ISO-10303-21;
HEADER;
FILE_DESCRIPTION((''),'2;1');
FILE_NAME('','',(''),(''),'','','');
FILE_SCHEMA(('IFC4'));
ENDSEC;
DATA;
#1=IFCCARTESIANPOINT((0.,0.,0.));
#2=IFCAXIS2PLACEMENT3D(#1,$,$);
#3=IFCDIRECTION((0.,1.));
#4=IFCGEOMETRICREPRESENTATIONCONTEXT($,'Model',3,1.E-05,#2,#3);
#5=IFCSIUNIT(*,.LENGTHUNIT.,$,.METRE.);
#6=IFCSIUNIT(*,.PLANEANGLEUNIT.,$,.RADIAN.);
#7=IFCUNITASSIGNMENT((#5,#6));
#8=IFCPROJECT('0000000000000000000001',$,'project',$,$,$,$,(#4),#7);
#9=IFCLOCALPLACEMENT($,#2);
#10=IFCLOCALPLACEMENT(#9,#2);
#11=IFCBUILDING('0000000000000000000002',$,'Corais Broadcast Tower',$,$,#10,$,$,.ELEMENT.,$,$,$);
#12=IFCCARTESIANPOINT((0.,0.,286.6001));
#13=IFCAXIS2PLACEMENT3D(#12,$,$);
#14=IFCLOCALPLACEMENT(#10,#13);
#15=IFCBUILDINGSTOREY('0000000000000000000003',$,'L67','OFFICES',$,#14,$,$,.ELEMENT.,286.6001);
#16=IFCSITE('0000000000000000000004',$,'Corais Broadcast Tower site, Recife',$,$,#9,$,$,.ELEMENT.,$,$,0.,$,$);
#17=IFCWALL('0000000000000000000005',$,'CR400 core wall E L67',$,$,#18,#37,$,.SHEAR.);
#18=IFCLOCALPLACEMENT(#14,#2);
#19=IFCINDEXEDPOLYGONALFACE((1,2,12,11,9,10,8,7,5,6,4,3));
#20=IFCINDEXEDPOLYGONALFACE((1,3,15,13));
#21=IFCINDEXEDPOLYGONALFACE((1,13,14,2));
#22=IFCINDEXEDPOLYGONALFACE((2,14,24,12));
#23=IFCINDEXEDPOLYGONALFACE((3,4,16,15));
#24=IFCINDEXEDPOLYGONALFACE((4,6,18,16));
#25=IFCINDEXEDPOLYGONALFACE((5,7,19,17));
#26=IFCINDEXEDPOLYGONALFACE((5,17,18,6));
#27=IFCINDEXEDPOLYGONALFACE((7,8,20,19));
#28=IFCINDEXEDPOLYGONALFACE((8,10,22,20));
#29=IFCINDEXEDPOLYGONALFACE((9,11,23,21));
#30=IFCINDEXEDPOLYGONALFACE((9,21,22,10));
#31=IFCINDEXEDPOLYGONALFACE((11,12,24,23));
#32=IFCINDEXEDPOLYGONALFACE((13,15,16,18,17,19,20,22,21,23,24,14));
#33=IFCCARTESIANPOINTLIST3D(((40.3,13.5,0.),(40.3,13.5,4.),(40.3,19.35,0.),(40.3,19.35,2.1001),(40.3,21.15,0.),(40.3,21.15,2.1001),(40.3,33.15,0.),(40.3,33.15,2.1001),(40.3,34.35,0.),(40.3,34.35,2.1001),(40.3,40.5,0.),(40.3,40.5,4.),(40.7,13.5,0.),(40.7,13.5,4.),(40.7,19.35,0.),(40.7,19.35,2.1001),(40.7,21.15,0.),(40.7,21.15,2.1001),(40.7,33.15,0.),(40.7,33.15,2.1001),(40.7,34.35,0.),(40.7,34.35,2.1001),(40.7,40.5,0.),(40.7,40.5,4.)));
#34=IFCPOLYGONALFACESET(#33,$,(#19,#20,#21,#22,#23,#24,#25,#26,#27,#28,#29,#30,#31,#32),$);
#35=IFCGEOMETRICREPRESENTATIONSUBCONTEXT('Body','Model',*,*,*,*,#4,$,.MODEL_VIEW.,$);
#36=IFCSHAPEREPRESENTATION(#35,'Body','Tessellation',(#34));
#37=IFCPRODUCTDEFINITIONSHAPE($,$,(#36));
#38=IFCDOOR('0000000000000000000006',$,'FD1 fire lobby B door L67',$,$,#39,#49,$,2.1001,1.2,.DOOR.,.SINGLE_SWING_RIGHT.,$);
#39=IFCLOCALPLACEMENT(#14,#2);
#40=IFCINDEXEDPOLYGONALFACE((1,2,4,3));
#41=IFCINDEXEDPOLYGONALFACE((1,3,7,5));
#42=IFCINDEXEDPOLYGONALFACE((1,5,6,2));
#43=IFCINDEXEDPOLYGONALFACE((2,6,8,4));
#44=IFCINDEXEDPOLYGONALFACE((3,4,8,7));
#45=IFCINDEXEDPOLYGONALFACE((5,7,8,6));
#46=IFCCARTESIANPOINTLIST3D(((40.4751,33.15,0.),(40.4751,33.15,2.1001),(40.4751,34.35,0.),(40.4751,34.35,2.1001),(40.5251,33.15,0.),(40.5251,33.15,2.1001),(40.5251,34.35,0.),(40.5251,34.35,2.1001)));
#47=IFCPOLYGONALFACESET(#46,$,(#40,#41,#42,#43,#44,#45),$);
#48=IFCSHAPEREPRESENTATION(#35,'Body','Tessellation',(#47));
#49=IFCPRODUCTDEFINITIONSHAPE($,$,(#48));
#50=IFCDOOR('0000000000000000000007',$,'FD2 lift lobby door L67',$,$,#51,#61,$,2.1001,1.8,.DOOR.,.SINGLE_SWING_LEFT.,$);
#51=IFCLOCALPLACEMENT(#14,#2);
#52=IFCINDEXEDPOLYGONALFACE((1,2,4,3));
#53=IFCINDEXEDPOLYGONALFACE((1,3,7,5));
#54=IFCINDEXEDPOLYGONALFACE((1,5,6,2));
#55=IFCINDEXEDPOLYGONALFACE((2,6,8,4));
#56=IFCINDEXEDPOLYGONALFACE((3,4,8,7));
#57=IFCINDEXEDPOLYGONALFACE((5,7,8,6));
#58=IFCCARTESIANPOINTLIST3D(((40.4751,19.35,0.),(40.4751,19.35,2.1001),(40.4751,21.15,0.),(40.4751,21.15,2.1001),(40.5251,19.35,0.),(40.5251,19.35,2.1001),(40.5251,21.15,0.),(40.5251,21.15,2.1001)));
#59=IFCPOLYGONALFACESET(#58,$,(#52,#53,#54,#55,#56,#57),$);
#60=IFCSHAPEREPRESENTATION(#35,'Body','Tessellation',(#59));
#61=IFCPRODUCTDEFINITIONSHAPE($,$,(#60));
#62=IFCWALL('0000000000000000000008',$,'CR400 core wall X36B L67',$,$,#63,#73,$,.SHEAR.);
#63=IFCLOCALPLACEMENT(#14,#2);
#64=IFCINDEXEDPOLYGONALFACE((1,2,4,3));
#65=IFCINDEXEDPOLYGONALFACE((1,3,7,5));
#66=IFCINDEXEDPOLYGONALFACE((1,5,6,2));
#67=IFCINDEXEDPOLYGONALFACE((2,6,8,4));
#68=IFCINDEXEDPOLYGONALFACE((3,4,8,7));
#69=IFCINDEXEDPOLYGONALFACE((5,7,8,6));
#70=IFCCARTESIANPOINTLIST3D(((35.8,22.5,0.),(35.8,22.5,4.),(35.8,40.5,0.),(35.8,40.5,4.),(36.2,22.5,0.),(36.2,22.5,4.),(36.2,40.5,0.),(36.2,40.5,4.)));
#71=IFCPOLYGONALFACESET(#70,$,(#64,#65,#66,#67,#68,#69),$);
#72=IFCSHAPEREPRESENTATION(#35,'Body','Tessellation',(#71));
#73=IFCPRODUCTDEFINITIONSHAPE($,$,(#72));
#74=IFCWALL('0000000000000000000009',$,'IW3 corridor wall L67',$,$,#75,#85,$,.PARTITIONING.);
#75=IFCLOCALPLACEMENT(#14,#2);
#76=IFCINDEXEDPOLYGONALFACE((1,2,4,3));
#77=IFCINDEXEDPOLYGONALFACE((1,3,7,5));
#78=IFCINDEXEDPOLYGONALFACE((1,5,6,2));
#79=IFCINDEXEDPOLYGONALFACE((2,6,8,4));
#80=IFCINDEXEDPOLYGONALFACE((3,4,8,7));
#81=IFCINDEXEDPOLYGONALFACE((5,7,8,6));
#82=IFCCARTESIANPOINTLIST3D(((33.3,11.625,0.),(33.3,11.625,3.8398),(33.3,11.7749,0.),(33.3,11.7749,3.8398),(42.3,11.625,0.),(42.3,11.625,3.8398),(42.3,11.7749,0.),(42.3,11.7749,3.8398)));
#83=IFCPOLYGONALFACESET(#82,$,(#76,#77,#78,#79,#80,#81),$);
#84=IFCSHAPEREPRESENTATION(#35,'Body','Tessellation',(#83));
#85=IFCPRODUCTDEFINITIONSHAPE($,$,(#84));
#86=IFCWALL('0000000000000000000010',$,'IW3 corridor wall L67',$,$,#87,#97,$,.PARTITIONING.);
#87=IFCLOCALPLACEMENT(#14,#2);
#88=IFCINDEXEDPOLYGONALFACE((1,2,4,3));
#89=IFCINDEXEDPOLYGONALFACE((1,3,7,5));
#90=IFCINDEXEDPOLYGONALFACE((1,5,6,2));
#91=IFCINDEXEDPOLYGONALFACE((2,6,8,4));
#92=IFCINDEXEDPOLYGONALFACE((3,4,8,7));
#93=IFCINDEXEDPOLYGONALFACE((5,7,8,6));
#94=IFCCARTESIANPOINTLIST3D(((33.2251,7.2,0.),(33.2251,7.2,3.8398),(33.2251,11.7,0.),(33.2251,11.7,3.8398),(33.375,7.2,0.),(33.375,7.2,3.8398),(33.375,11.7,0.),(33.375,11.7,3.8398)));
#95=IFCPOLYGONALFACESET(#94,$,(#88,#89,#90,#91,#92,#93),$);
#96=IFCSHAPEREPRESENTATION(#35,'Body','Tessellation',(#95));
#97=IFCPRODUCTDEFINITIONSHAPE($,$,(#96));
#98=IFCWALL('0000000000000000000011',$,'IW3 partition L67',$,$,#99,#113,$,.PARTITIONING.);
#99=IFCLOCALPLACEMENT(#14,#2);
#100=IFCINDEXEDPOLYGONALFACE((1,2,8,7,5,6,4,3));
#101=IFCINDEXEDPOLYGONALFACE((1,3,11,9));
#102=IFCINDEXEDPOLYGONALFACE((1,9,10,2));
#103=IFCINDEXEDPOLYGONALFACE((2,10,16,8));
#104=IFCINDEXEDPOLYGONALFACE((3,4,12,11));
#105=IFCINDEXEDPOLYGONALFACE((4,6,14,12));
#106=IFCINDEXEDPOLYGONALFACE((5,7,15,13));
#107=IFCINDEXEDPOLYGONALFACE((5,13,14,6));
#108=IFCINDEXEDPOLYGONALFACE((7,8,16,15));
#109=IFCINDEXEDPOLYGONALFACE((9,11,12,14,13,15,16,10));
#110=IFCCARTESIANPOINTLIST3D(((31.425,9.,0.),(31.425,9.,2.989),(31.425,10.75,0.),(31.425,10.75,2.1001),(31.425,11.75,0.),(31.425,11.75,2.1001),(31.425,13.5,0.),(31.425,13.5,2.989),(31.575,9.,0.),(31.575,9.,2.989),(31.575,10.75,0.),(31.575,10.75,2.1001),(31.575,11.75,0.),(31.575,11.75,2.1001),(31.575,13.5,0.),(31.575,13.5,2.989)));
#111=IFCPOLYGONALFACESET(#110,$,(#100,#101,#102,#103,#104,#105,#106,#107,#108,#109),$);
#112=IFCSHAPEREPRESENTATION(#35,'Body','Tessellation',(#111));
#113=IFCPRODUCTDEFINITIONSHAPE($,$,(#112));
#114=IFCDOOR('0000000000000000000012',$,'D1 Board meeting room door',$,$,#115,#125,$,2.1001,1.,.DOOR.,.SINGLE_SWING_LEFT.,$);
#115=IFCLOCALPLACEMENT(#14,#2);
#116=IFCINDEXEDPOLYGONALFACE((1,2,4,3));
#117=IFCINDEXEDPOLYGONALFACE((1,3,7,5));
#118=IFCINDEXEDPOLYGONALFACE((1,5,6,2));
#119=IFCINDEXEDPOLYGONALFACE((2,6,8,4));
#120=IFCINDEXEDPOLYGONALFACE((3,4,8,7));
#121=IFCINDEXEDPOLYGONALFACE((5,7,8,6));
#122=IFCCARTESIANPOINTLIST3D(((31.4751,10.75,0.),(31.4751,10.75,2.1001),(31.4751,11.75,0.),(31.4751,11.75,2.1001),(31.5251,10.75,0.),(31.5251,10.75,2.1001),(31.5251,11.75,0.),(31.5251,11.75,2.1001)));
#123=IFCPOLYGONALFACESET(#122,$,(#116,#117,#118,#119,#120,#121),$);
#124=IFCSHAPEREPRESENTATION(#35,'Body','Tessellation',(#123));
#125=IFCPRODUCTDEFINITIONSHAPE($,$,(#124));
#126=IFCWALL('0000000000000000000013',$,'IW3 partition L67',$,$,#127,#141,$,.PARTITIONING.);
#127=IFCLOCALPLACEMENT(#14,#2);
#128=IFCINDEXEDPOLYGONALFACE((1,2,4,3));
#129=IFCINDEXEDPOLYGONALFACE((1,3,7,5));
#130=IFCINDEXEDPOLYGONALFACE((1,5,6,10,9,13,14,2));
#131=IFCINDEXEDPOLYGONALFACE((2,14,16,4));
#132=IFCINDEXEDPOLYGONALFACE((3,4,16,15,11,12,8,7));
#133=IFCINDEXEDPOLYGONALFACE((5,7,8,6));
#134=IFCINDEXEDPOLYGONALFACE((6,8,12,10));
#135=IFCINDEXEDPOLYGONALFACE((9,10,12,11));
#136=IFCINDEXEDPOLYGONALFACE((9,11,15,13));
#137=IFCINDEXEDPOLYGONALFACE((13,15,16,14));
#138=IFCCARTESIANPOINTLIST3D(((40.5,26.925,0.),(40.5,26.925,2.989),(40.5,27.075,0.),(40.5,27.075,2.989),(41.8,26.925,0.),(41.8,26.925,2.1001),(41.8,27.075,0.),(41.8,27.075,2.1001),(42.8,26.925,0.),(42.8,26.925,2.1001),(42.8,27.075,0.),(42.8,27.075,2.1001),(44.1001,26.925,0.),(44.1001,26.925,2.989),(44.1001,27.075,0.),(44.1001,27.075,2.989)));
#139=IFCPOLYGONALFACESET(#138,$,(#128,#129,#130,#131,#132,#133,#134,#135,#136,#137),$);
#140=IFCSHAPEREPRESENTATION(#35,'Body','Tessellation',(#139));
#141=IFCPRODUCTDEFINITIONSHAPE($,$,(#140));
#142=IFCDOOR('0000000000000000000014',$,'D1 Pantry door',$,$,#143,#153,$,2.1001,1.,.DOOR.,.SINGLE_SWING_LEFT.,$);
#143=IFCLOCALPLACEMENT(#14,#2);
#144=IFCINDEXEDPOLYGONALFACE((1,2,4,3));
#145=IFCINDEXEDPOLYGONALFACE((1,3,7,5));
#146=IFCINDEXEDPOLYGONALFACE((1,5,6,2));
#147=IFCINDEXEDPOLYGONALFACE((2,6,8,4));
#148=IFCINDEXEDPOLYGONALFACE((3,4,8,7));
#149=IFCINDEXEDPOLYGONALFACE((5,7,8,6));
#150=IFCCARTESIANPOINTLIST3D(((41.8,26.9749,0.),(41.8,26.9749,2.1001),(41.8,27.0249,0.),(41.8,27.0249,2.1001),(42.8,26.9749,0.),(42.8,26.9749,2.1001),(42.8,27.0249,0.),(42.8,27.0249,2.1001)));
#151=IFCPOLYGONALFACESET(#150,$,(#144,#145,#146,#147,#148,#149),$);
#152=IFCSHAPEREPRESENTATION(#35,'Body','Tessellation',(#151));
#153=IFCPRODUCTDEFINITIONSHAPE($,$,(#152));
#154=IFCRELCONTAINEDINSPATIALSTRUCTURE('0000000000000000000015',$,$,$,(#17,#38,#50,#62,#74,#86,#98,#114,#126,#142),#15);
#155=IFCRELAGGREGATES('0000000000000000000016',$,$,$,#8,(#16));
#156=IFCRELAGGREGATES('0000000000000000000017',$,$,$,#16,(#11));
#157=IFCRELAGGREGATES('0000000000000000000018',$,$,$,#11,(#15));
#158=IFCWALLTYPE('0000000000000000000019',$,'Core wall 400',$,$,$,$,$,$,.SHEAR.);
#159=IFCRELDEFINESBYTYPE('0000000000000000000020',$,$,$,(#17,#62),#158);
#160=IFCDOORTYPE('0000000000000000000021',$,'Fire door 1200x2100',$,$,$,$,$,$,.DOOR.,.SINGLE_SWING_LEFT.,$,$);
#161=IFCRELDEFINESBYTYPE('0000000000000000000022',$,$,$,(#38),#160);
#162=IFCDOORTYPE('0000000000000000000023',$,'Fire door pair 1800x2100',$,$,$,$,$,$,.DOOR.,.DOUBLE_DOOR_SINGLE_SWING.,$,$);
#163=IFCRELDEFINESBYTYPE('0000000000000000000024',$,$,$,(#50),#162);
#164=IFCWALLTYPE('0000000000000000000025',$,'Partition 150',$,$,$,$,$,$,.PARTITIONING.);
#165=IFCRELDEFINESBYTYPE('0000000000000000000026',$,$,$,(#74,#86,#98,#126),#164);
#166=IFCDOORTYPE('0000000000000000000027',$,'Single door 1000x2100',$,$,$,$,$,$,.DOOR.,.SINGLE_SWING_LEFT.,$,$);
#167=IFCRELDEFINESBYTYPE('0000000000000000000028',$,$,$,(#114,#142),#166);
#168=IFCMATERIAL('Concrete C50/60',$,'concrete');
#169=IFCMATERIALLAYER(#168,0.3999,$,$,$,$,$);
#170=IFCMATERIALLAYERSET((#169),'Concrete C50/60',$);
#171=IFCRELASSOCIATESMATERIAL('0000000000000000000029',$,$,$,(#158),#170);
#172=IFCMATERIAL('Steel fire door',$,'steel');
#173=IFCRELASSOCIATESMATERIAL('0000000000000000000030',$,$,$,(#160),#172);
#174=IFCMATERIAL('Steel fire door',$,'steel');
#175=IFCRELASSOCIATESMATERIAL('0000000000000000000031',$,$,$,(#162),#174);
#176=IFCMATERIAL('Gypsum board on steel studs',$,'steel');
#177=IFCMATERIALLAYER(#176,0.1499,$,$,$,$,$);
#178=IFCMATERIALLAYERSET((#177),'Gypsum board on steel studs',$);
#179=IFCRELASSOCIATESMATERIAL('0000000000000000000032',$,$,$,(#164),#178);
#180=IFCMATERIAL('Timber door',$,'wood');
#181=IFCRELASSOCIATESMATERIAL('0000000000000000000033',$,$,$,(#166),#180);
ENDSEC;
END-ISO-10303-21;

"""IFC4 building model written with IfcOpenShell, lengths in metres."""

from ifc_helpers import new_model, si_unit, direction, frame, frame_2d, origin, place, context, subcontext, project, spatial, rectangle, extrude, material, layer, layer_set, type_object, element, fill, save


model = new_model("IFC4")

# Units and contexts
model_context = context("Model", 3, precision=1e-05, world=origin(), true_north=direction((0.0, 1.0)))
body_context = subcontext(model_context, "Body", "Model", "MODEL_VIEW")
ifc_project = project(units=[si_unit("LENGTHUNIT", "METRE"), si_unit("PLANEANGLEUNIT", "RADIAN")], contexts=[model_context])

# Site, building, storey
site_placement = place(None, origin())
site = spatial("IfcSite", under=ifc_project, at=site_placement, Name="Corais Broadcast Tower site, Recife", CompositionType="ELEMENT", RefElevation=0.0)
building_placement = place(site_placement, origin())
building = spatial("IfcBuilding", under=site, at=building_placement, Name="Corais Broadcast Tower", CompositionType="ELEMENT")
storey_placement = place(building_placement, frame((0.0, 0.0, 286.6001)))
storey = spatial("IfcBuildingStorey", under=building, at=storey_placement, Name="L67", Description="OFFICES", CompositionType="ELEMENT", Elevation=286.6001)

# Wall, openings, doors
ifc_material_1 = material(Name="Concrete C50/60", Category="concrete")
ifc_layer_1 = layer(ifc_material_1, 0.3999)
ifc_layer_set_1 = layer_set([ifc_layer_1], Name="Concrete C50/60")
wall_type_1 = type_object("IfcWallType", Name="Core wall 400", PredefinedType="SHEAR", material=ifc_layer_set_1)
wall_1_placement = place(storey_placement, frame((40.5, 13.5, 0.0), z_axis=(0.0, 0.0, 1.0), x_axis=(0.0, 1.0, 0.0)))
wall_1 = element("IfcWall", 1, at=wall_1_placement, inside=storey, type_object=wall_type_1, Name="CR400 core wall E L67", PredefinedType="SHEAR", context=body_context, shape_type="SweptSolid", body=[
    extrude(rectangle(XDim=27.0, YDim=0.3999, at=frame_2d((13.5, 0.0))), origin(), (0.0, 0.0, 1.0), 4.0),
])
opening_1_placement = place(wall_1_placement, frame((5.8501, 0.0, 0.0)))
opening_1 = element("IfcOpeningElement", 2, at=opening_1_placement, cuts=wall_1, PredefinedType="OPENING", context=body_context, shape_type="SweptSolid", body=[
    extrude(rectangle(XDim=1.8, YDim=2.1001, at=frame_2d((0.8999, 1.05))), frame((0.0, 0.21, 0.0), z_axis=(0.0, -1.0, 0.0), x_axis=(1.0, 0.0, 0.0)), (0.0, 0.0, 1.0), 0.4199),
])
opening_2_placement = place(wall_1_placement, frame((19.6499, 0.0, 0.0)))
opening_2 = element("IfcOpeningElement", 3, at=opening_2_placement, cuts=wall_1, PredefinedType="OPENING", context=body_context, shape_type="SweptSolid", body=[
    extrude(rectangle(XDim=1.2, YDim=2.1001, at=frame_2d((0.6001, 1.05))), frame((0.0, 0.21, 0.0), z_axis=(0.0, -1.0, 0.0), x_axis=(1.0, 0.0, 0.0)), (0.0, 0.0, 1.0), 0.4199),
])
ifc_material_2 = material(Name="Steel fire door", Category="steel")
door_type_1 = type_object("IfcDoorType", Name="Fire door 1200x2100", OperationType="SINGLE_SWING_LEFT", PredefinedType="DOOR", material=ifc_material_2)
door_1_placement = place(opening_2_placement, origin())
door_1 = element("IfcDoor", 4, at=door_1_placement, inside=storey, type_object=door_type_1, Name="FD1 fire lobby B door L67", OperationType="SINGLE_SWING_RIGHT", OverallHeight=2.1001, OverallWidth=1.2, PredefinedType="DOOR", context=body_context, shape_type="SweptSolid", body=[
    extrude(rectangle(XDim=1.2, YDim=2.1001, at=frame_2d((0.6001, 1.05))), frame((0.0, 0.0249, 0.0), z_axis=(0.0, -1.0, 0.0), x_axis=(1.0, 0.0, 0.0)), (0.0, 0.0, 1.0), 0.05),
])
fill(opening_2, door_1)
ifc_material_3 = material(Name="Steel fire door", Category="steel")
door_type_2 = type_object("IfcDoorType", Name="Fire door pair 1800x2100", OperationType="DOUBLE_DOOR_SINGLE_SWING", PredefinedType="DOOR", material=ifc_material_3)
door_2_placement = place(opening_1_placement, origin())
door_2 = element("IfcDoor", 5, at=door_2_placement, inside=storey, type_object=door_type_2, Name="FD2 lift lobby door L67", OperationType="SINGLE_SWING_LEFT", OverallHeight=2.1001, OverallWidth=1.8, PredefinedType="DOOR", context=body_context, shape_type="SweptSolid", body=[
    extrude(rectangle(XDim=1.8, YDim=2.1001, at=frame_2d((0.8999, 1.05))), frame((0.0, 0.0249, 0.0), z_axis=(0.0, -1.0, 0.0), x_axis=(1.0, 0.0, 0.0)), (0.0, 0.0, 1.0), 0.05),
])
fill(opening_1, door_2)

# Walls
wall_2_placement = place(storey_placement, frame((36.0, 22.5, 0.0), z_axis=(0.0, 0.0, 1.0), x_axis=(0.0, 1.0, 0.0)))
element("IfcWall", 6, at=wall_2_placement, inside=storey, type_object=wall_type_1, Name="CR400 core wall X36B L67", PredefinedType="SHEAR", context=body_context, shape_type="SweptSolid", body=[
    extrude(rectangle(XDim=18.0, YDim=0.3999, at=frame_2d((9.0, 0.0))), origin(), (0.0, 0.0, 1.0), 4.0),
])
ifc_material_4 = material(Name="Gypsum board on steel studs", Category="steel")
ifc_layer_2 = layer(ifc_material_4, 0.1499)
ifc_layer_set_2 = layer_set([ifc_layer_2], Name="Gypsum board on steel studs")
wall_type_2 = type_object("IfcWallType", Name="Partition 150", PredefinedType="PARTITIONING", material=ifc_layer_set_2)
wall_3_placement = place(storey_placement, frame((33.3, 11.7, 0.0), z_axis=(0.0, 0.0, 1.0), x_axis=(1.0, 0.0, 0.0)))
element("IfcWall", 7, at=wall_3_placement, inside=storey, type_object=wall_type_2, Name="IW3 corridor wall L67", PredefinedType="PARTITIONING", context=body_context, shape_type="SweptSolid", body=[
    extrude(rectangle(XDim=9.0, YDim=0.1499, at=frame_2d((4.5, 0.0))), origin(), (0.0, 0.0, 1.0), 3.8398),
])
wall_4_placement = place(storey_placement, frame((33.3, 7.2, 0.0), z_axis=(0.0, 0.0, 1.0), x_axis=(0.0, 1.0, 0.0)))
element("IfcWall", 8, at=wall_4_placement, inside=storey, type_object=wall_type_2, Name="IW3 corridor wall L67", PredefinedType="PARTITIONING", context=body_context, shape_type="SweptSolid", body=[
    extrude(rectangle(XDim=4.5, YDim=0.1499, at=frame_2d((2.25, 0.0))), origin(), (0.0, 0.0, 1.0), 3.8398),
])

# Walls, openings, doors
wall_5_placement = place(storey_placement, frame((31.5, 9.0, 0.0), z_axis=(0.0, 0.0, 1.0), x_axis=(0.0, 1.0, 0.0)))
wall_5 = element("IfcWall", 9, at=wall_5_placement, inside=storey, type_object=wall_type_2, Name="IW3 partition L67", PredefinedType="PARTITIONING", context=body_context, shape_type="SweptSolid", body=[
    extrude(rectangle(XDim=4.5, YDim=0.1499, at=frame_2d((2.25, 0.0))), origin(), (0.0, 0.0, 1.0), 2.989),
])
opening_3_placement = place(wall_5_placement, frame((1.75, 0.0, 0.0)))
opening_3 = element("IfcOpeningElement", 10, at=opening_3_placement, cuts=wall_5, PredefinedType="OPENING", context=body_context, shape_type="SweptSolid", body=[
    extrude(rectangle(XDim=1.0, YDim=2.1001, at=frame_2d((0.5, 1.05))), frame((0.0, 0.085, 0.0), z_axis=(0.0, -1.0, 0.0), x_axis=(1.0, 0.0, 0.0)), (0.0, 0.0, 1.0), 0.1699),
])
ifc_material_5 = material(Name="Timber door", Category="wood")
door_type_3 = type_object("IfcDoorType", Name="Single door 1000x2100", OperationType="SINGLE_SWING_LEFT", PredefinedType="DOOR", material=ifc_material_5)
door_3_placement = place(opening_3_placement, origin())
door_3 = element("IfcDoor", 11, at=door_3_placement, inside=storey, type_object=door_type_3, Name="D1 Board meeting room door", OperationType="SINGLE_SWING_LEFT", OverallHeight=2.1001, OverallWidth=1.0, PredefinedType="DOOR", context=body_context, shape_type="SweptSolid", body=[
    extrude(rectangle(XDim=1.0, YDim=2.1001, at=frame_2d((0.5, 1.05))), frame((0.0, 0.0249, 0.0), z_axis=(0.0, -1.0, 0.0), x_axis=(1.0, 0.0, 0.0)), (0.0, 0.0, 1.0), 0.05),
])
fill(opening_3, door_3)
wall_6_placement = place(storey_placement, frame((40.5, 27.0, 0.0), z_axis=(0.0, 0.0, 1.0), x_axis=(1.0, 0.0, 0.0)))
wall_6 = element("IfcWall", 12, at=wall_6_placement, inside=storey, type_object=wall_type_2, Name="IW3 partition L67", PredefinedType="PARTITIONING", context=body_context, shape_type="SweptSolid", body=[
    extrude(rectangle(XDim=3.6001, YDim=0.1499, at=frame_2d((1.8, 0.0))), origin(), (0.0, 0.0, 1.0), 2.989),
])
opening_4_placement = place(wall_6_placement, frame((1.3, 0.0, 0.0)))
opening_4 = element("IfcOpeningElement", 13, at=opening_4_placement, cuts=wall_6, PredefinedType="OPENING", context=body_context, shape_type="SweptSolid", body=[
    extrude(rectangle(XDim=1.0, YDim=2.1001, at=frame_2d((0.5, 1.05))), frame((0.0, 0.085, 0.0), z_axis=(0.0, -1.0, 0.0), x_axis=(1.0, 0.0, 0.0)), (0.0, 0.0, 1.0), 0.1699),
])
door_4_placement = place(opening_4_placement, origin())
door_4 = element("IfcDoor", 14, at=door_4_placement, inside=storey, type_object=door_type_3, Name="D1 Pantry door", OperationType="SINGLE_SWING_LEFT", OverallHeight=2.1001, OverallWidth=1.0, PredefinedType="DOOR", context=body_context, shape_type="SweptSolid", body=[
    extrude(rectangle(XDim=1.0, YDim=2.1001, at=frame_2d((0.5, 1.05))), frame((0.0, 0.0249, 0.0), z_axis=(0.0, -1.0, 0.0), x_axis=(1.0, 0.0, 0.0)), (0.0, 0.0, 1.0), 0.05),
])
fill(opening_4, door_4)

save(model, "model.ifc")
